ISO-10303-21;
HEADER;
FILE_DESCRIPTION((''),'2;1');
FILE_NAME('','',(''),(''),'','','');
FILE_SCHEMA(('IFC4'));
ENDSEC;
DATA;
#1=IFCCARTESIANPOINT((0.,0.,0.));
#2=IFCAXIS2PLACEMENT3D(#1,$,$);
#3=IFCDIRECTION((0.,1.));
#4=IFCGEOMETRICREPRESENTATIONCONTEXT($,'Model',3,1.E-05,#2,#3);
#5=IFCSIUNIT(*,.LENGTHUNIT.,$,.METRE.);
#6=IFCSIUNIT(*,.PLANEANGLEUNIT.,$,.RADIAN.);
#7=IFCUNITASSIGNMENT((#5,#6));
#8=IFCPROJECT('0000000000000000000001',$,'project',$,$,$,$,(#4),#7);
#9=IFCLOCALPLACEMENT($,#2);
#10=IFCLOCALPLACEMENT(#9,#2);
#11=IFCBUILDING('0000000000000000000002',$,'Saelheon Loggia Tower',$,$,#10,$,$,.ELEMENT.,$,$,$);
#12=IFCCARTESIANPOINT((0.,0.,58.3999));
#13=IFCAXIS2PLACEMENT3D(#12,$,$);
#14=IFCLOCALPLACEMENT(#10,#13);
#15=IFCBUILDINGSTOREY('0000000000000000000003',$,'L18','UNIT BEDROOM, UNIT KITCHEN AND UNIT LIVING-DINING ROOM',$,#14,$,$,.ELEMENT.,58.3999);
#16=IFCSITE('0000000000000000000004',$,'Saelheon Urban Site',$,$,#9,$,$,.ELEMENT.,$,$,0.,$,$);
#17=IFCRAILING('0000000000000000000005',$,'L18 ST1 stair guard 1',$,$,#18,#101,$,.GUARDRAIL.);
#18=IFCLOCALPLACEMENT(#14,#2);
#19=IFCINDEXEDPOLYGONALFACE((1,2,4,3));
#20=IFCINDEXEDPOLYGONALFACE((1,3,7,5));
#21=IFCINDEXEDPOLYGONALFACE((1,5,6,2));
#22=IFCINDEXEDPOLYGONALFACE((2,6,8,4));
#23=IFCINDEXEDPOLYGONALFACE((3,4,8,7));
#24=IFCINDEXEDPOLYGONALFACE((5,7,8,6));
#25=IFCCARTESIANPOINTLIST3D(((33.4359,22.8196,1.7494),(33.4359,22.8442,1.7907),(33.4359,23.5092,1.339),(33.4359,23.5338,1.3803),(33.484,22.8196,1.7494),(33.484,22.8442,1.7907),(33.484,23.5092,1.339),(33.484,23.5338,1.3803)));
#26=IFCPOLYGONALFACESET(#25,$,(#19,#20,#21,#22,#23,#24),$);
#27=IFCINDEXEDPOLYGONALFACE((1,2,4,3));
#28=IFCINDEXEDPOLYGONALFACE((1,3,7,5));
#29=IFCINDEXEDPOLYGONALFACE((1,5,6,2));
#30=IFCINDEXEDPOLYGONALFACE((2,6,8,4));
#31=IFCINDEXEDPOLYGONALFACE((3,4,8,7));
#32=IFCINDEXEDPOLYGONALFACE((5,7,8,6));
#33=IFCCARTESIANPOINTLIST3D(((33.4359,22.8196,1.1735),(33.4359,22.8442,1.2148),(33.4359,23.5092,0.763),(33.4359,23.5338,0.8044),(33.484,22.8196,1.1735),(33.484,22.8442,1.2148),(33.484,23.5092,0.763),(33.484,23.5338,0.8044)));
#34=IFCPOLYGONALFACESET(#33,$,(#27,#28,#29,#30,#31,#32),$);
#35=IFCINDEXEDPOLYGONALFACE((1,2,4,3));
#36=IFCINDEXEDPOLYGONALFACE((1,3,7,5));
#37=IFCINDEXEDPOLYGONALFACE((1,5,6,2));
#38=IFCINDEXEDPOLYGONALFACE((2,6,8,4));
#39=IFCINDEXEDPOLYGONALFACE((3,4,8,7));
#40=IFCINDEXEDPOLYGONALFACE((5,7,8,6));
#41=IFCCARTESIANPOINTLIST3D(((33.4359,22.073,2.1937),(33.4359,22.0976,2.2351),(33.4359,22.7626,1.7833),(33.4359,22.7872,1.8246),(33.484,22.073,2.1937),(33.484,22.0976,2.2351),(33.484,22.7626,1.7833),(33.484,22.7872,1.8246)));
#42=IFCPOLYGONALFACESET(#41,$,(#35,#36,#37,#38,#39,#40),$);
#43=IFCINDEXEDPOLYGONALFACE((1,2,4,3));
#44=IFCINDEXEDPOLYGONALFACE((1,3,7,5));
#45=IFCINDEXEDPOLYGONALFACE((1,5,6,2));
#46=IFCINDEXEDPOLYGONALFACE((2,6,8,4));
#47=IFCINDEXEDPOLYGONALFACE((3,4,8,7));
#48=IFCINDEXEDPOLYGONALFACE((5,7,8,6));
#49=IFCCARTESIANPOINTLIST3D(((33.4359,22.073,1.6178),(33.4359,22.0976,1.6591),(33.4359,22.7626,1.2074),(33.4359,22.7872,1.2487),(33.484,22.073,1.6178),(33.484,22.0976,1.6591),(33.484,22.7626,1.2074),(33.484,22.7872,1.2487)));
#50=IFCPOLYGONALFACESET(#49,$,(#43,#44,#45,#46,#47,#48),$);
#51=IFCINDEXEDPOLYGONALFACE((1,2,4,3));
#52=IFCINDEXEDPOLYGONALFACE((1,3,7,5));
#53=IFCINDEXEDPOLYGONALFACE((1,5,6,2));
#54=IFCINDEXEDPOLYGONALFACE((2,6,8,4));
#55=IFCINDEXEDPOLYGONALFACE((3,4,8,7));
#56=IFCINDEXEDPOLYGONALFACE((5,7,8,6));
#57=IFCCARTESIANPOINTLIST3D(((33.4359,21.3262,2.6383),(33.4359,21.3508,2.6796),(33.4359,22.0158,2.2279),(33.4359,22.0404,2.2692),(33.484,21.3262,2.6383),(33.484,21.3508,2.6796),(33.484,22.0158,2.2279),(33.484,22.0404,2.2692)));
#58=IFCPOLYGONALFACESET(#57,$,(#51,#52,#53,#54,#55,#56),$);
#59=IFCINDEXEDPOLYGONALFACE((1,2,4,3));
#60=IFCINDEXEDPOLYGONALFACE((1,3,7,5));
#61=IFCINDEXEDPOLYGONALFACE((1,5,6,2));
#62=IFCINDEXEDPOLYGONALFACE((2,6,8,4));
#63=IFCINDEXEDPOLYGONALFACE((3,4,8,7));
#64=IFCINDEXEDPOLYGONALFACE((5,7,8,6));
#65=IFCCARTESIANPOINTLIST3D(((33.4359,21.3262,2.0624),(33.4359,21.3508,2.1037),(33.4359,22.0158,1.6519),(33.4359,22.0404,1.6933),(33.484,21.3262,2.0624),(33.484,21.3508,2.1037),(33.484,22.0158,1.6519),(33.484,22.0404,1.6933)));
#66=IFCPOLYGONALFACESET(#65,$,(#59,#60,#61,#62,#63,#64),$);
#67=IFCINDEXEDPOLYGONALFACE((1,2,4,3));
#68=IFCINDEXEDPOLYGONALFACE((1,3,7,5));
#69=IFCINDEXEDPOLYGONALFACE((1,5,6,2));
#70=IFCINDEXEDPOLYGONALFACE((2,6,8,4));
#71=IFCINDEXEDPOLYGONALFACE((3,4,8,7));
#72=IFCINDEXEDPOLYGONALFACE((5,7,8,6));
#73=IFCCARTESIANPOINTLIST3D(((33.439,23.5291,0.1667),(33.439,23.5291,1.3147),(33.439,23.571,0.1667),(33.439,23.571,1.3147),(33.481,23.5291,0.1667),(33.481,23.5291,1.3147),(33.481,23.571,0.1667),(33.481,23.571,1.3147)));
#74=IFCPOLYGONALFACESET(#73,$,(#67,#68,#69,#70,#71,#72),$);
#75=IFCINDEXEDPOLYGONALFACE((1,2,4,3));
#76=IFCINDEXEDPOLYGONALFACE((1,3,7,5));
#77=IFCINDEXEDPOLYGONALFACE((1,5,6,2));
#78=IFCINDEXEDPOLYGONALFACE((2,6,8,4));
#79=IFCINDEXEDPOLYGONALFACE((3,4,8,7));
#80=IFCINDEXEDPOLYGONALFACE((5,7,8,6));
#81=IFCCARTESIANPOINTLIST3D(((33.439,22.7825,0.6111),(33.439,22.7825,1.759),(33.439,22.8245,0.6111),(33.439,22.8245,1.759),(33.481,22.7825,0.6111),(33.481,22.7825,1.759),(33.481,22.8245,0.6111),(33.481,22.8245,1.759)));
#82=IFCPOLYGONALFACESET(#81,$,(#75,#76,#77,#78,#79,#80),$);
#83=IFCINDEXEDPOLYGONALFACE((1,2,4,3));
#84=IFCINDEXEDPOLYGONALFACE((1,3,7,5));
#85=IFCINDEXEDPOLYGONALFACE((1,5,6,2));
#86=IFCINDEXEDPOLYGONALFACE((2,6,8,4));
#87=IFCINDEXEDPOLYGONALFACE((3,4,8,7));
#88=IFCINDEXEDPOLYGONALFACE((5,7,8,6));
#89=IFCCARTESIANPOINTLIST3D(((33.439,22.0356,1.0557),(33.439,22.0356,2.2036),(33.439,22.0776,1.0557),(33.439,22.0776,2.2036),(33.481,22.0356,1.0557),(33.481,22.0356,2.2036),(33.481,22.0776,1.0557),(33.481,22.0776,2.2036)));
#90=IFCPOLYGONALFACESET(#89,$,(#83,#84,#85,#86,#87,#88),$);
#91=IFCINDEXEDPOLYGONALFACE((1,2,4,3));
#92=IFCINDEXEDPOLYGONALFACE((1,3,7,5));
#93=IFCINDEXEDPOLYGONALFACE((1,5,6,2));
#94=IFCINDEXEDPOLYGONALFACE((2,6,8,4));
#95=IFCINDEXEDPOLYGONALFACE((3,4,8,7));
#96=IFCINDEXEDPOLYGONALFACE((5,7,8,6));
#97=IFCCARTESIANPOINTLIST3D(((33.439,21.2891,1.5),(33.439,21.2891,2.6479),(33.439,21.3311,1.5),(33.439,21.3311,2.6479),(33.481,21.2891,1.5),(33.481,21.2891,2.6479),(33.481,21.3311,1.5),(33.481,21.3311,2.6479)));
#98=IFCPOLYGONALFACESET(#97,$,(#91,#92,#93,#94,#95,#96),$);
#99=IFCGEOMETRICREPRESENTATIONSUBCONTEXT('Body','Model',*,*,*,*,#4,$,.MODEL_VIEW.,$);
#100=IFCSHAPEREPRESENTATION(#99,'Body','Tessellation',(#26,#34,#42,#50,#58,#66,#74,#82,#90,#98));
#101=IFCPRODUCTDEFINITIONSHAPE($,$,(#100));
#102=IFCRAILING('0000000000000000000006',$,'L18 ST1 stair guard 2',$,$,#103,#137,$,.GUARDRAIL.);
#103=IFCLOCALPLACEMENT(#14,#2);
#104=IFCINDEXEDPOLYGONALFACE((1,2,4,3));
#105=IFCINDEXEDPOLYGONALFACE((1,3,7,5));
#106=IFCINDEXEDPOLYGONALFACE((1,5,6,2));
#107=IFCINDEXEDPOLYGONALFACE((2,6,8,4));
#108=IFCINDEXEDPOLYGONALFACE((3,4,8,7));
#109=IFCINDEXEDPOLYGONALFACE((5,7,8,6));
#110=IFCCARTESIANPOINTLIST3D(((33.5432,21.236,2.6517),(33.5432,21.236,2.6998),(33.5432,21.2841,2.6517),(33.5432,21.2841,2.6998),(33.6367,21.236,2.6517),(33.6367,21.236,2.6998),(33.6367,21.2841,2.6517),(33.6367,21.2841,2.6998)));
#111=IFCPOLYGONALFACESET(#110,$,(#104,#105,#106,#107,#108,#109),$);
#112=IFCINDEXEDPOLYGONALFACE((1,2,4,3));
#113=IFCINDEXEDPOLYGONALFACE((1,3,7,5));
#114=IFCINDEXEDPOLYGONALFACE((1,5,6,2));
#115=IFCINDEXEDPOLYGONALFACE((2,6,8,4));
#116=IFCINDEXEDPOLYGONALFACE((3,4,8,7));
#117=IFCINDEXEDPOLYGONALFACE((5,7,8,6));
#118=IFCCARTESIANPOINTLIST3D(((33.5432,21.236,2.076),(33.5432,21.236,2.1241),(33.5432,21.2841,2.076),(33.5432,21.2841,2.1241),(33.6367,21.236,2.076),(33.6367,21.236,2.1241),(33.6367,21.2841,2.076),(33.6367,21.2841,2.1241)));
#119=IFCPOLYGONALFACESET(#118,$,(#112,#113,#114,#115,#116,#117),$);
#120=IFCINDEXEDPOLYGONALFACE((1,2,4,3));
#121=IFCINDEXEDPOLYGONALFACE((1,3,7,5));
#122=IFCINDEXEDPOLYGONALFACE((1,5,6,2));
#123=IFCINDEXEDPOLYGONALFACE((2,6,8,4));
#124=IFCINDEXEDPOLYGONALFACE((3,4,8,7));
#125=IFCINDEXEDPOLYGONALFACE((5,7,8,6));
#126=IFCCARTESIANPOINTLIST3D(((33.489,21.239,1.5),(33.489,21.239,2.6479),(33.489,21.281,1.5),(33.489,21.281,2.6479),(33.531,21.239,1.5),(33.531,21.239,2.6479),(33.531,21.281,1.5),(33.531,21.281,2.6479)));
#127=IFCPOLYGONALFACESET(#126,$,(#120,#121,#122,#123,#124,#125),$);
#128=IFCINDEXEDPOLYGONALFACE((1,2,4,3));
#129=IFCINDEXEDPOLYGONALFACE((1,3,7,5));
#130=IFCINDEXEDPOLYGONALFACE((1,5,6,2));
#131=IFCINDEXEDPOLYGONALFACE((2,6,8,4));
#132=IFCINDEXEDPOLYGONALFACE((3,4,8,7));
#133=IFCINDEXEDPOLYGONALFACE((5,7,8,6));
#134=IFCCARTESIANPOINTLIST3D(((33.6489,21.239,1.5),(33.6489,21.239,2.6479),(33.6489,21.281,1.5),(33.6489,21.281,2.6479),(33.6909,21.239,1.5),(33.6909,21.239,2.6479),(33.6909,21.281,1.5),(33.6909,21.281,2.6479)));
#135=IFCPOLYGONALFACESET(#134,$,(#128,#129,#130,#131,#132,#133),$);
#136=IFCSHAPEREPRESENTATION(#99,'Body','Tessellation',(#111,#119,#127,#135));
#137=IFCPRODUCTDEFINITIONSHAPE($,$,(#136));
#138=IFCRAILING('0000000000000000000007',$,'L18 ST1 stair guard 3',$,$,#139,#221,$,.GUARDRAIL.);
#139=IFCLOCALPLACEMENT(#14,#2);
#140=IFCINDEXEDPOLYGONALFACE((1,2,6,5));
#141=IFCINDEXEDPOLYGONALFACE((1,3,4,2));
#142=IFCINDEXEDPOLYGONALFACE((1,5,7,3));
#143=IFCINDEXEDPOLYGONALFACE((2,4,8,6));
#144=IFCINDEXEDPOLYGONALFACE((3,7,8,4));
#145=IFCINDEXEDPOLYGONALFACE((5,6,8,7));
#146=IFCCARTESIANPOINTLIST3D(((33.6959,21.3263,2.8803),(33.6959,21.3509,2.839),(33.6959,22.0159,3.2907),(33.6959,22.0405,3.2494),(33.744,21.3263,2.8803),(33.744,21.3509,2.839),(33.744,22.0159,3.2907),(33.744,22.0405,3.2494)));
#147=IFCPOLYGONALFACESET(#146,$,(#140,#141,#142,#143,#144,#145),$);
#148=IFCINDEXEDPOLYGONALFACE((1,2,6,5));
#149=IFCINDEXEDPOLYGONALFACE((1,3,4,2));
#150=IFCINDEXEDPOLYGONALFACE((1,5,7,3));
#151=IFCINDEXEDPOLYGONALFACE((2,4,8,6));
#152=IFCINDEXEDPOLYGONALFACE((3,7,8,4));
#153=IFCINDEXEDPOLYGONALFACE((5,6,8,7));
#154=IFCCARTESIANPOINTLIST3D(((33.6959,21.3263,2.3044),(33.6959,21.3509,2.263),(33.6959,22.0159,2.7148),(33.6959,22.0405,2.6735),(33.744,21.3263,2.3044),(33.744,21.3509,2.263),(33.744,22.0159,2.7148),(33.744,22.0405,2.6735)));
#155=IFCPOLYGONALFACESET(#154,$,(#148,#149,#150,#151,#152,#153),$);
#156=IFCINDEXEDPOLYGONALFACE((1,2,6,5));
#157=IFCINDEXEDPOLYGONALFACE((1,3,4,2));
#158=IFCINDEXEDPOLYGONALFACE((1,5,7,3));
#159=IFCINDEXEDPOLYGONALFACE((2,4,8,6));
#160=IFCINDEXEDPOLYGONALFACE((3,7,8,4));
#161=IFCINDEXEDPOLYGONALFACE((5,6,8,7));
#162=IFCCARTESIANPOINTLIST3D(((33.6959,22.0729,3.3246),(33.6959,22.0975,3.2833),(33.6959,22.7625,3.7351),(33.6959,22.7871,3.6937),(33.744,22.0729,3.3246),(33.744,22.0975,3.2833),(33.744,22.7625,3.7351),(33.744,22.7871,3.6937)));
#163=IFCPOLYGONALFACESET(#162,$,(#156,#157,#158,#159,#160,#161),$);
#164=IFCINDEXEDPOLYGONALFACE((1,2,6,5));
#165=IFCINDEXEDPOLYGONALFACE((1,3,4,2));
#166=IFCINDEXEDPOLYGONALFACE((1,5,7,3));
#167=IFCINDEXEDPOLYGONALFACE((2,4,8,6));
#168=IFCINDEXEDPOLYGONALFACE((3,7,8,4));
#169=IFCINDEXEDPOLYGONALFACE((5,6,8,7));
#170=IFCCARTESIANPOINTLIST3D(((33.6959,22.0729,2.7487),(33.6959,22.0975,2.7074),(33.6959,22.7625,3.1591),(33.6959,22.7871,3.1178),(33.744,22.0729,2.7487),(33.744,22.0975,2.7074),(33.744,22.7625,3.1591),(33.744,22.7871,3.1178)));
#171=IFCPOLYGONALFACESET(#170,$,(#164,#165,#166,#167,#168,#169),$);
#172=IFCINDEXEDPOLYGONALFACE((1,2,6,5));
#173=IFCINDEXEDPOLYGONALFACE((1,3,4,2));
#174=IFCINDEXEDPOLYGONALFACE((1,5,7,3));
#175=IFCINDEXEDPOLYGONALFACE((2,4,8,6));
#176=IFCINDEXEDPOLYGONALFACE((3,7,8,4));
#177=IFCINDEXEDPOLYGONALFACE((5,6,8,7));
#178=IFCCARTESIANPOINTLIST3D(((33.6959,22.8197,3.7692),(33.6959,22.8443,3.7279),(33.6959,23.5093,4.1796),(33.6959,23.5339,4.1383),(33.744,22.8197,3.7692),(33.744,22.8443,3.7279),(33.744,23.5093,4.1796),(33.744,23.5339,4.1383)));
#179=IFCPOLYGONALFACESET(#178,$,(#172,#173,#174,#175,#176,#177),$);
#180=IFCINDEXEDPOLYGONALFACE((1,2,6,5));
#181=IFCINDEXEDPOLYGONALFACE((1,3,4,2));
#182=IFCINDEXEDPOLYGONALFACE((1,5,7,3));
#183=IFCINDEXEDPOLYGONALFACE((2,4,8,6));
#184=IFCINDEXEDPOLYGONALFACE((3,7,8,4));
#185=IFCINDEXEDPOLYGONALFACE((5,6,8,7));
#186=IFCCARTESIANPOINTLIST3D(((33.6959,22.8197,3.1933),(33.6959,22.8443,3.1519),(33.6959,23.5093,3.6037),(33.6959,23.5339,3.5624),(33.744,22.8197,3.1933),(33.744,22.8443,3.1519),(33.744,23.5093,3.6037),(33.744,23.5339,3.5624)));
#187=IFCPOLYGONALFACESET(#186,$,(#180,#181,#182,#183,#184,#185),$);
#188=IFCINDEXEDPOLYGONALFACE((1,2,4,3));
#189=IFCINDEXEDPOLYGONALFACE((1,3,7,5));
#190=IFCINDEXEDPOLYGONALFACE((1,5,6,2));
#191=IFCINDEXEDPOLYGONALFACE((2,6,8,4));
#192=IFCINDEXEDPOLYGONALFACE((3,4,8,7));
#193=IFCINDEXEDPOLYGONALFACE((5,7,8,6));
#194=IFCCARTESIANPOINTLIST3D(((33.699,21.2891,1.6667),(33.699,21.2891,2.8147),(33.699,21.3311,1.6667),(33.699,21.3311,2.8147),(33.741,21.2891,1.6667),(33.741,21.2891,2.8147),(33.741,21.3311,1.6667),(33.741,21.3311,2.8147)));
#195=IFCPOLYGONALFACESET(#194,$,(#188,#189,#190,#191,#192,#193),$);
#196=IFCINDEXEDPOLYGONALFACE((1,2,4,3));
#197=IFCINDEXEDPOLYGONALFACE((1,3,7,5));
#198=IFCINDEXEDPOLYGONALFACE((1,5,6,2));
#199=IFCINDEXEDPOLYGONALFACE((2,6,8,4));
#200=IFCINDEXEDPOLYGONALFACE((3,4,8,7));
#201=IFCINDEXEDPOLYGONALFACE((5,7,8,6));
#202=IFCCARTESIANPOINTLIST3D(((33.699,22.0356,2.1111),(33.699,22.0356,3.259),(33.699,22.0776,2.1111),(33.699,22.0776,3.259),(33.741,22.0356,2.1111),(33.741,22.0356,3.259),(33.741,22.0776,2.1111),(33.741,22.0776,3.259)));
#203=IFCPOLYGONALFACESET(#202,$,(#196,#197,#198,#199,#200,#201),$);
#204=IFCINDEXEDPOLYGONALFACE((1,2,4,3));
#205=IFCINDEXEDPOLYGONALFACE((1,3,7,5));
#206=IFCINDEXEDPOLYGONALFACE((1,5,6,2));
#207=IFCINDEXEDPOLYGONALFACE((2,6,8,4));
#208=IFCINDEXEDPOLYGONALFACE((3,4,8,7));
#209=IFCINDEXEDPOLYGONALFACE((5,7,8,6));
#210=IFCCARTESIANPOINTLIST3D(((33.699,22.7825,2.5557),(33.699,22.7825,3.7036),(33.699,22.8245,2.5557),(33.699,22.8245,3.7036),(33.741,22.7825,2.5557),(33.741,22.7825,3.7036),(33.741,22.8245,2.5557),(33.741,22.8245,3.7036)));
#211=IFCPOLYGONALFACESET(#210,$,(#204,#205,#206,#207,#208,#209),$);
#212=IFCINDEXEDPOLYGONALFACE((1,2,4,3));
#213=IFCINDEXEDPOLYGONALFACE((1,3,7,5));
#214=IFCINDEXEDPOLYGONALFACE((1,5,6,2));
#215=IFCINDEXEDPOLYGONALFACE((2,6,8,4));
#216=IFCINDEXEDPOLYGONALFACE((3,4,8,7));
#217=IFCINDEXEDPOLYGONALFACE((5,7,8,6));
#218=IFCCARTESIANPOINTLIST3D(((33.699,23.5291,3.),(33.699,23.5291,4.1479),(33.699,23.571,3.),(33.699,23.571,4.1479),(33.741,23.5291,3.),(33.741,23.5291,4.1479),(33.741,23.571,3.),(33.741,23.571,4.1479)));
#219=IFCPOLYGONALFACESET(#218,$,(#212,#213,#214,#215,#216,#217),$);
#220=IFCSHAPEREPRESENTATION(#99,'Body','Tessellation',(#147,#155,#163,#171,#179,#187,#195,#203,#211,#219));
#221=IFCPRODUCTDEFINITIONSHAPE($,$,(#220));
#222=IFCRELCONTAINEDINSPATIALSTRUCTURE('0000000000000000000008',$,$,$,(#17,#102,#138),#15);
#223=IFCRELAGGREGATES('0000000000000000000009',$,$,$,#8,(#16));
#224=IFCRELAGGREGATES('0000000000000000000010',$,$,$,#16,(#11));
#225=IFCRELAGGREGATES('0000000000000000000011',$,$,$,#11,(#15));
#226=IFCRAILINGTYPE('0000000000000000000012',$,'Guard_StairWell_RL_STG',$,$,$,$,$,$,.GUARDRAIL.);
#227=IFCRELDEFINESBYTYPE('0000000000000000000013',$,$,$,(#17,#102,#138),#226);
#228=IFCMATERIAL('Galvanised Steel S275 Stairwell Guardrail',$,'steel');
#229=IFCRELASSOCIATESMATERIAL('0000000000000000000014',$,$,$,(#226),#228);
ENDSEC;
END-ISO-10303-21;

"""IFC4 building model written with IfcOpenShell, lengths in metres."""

from ifc_helpers import new_model, si_unit, direction, frame, origin, origin_2d, place, context, subcontext, project, spatial, rectangle, extrude, material, type_object, element, save


model = new_model("IFC4")

# Units and contexts
model_context = context("Model", 3, precision=1e-05, world=origin(), true_north=direction((0.0, 1.0)))
body_context = subcontext(model_context, "Body", "Model", "MODEL_VIEW")
ifc_project = project(units=[si_unit("LENGTHUNIT", "METRE"), si_unit("PLANEANGLEUNIT", "RADIAN")], contexts=[model_context])

# Site, building, storey
site_placement = place(None, origin())
site = spatial("IfcSite", under=ifc_project, at=site_placement, Name="Saelheon Urban Site", CompositionType="ELEMENT", RefElevation=0.0)
building_placement = place(site_placement, origin())
building = spatial("IfcBuilding", under=site, at=building_placement, Name="Saelheon Loggia Tower", CompositionType="ELEMENT")
storey_placement = place(building_placement, frame((0.0, 0.0, 58.3999)))
storey = spatial("IfcBuildingStorey", under=building, at=storey_placement, Name="L18", Description="UNIT BEDROOM, UNIT KITCHEN AND UNIT LIVING-DINING ROOM", CompositionType="ELEMENT", Elevation=58.3999)

# Railings
ifc_material_1 = material(Name="Galvanised Steel S275 Stairwell Guardrail", Category="steel")
railing_type_1 = type_object("IfcRailingType", Name="Guard_StairWell_RL_STG", PredefinedType="GUARDRAIL", material=ifc_material_1)
railing_1_placement = place(storey_placement, frame((33.46, 23.55, 0.1667)))
element("IfcRailing", 1, at=railing_1_placement, inside=storey, type_object=railing_type_1, Name="L18 ST1 stair guard 1", PredefinedType="GUARDRAIL", context=body_context, shape_type="SweptSolid", body=[
    extrude(rectangle(XDim=0.0481, YDim=0.0481, at=origin_2d()), frame((0.0, -0.0286, 1.1929), z_axis=(0.0, -0.859306, 0.511462), x_axis=(1.0, 0.0, 0.0)), (0.0, 0.0, 1.0), 0.8025),
    extrude(rectangle(XDim=0.0481, YDim=0.0481, at=origin_2d()), frame((0.0, -0.0286, 0.6169), z_axis=(0.0, -0.859306, 0.511462), x_axis=(1.0, 0.0, 0.0)), (0.0, 0.0, 1.0), 0.8025),
    extrude(rectangle(XDim=0.0481, YDim=0.0481, at=origin_2d()), frame((0.0, -0.7751, 1.6372), z_axis=(0.0, -0.859306, 0.511462), x_axis=(1.0, 0.0, 0.0)), (0.0, 0.0, 1.0), 0.8025),
    extrude(rectangle(XDim=0.0481, YDim=0.0481, at=origin_2d()), frame((0.0, -0.7751, 1.0613), z_axis=(0.0, -0.859306, 0.511462), x_axis=(1.0, 0.0, 0.0)), (0.0, 0.0, 1.0), 0.8025),
    extrude(rectangle(XDim=0.0481, YDim=0.0481, at=origin_2d()), frame((0.0, -1.522, 2.0818), z_axis=(0.0, -0.859306, 0.511462), x_axis=(1.0, 0.0, 0.0)), (0.0, 0.0, 1.0), 0.8025),
    extrude(rectangle(XDim=0.0481, YDim=0.0481, at=origin_2d()), frame((0.0, -1.522, 1.5059), z_axis=(0.0, -0.859306, 0.511462), x_axis=(1.0, 0.0, 0.0)), (0.0, 0.0, 1.0), 0.8025),
    extrude(rectangle(XDim=0.042, YDim=0.042, at=origin_2d()), origin(), (0.0, 0.0, 1.0), 1.1479),
    extrude(rectangle(XDim=0.042, YDim=0.042, at=origin_2d()), frame((0.0, -0.7466, 0.4443)), (0.0, 0.0, 1.0), 1.1479),
    extrude(rectangle(XDim=0.042, YDim=0.042, at=origin_2d()), frame((0.0, -1.4934, 0.8889)), (0.0, 0.0, 1.0), 1.1479),
    extrude(rectangle(XDim=0.042, YDim=0.042, at=origin_2d()), frame((0.0, -2.24, 1.3333)), (0.0, 0.0, 1.0), 1.1479),
])
railing_2_placement = place(storey_placement, frame((33.51, 21.26, 1.5)))
element("IfcRailing", 2, at=railing_2_placement, inside=storey, type_object=railing_type_1, Name="L18 ST1 stair guard 2", PredefinedType="GUARDRAIL", context=body_context, shape_type="SweptSolid", body=[
    extrude(rectangle(XDim=0.0481, YDim=0.0481, at=origin_2d()), frame((0.0332, 0.0, 1.1758), z_axis=(1.0, 0.0, 0.0), x_axis=(0.0, 1.0, 0.0)), (0.0, 0.0, 1.0), 0.0935),
    extrude(rectangle(XDim=0.0481, YDim=0.0481, at=origin_2d()), frame((0.0332, 0.0, 0.6001), z_axis=(1.0, 0.0, 0.0), x_axis=(0.0, 1.0, 0.0)), (0.0, 0.0, 1.0), 0.0935),
    extrude(rectangle(XDim=0.042, YDim=0.042, at=origin_2d()), origin(), (0.0, 0.0, 1.0), 1.1479),
    extrude(rectangle(XDim=0.042, YDim=0.042, at=origin_2d()), frame((0.1599, 0.0, 0.0)), (0.0, 0.0, 1.0), 1.1479),
])
railing_3_placement = place(storey_placement, frame((33.72, 21.3101, 1.6667)))
element("IfcRailing", 3, at=railing_3_placement, inside=storey, type_object=railing_type_1, Name="L18 ST1 stair guard 3", PredefinedType="GUARDRAIL", context=body_context, shape_type="SweptSolid", body=[
    extrude(rectangle(XDim=0.0481, YDim=0.0481, at=origin_2d()), frame((0.0, 0.0286, 1.1929), z_axis=(0.0, 0.859306, 0.511462), x_axis=(-1.0, 0.0, 0.0)), (0.0, 0.0, 1.0), 0.8025),
    extrude(rectangle(XDim=0.0481, YDim=0.0481, at=origin_2d()), frame((0.0, 0.0286, 0.6169), z_axis=(0.0, 0.859306, 0.511462), x_axis=(-1.0, 0.0, 0.0)), (0.0, 0.0, 1.0), 0.8025),
    extrude(rectangle(XDim=0.0481, YDim=0.0481, at=origin_2d()), frame((0.0, 0.7751, 1.6372), z_axis=(0.0, 0.859306, 0.511462), x_axis=(-1.0, 0.0, 0.0)), (0.0, 0.0, 1.0), 0.8025),
    extrude(rectangle(XDim=0.0481, YDim=0.0481, at=origin_2d()), frame((0.0, 0.7751, 1.0613), z_axis=(0.0, 0.859306, 0.511462), x_axis=(-1.0, 0.0, 0.0)), (0.0, 0.0, 1.0), 0.8025),
    extrude(rectangle(XDim=0.0481, YDim=0.0481, at=origin_2d()), frame((0.0, 1.522, 2.0818), z_axis=(0.0, 0.859306, 0.511462), x_axis=(-1.0, 0.0, 0.0)), (0.0, 0.0, 1.0), 0.8025),
    extrude(rectangle(XDim=0.0481, YDim=0.0481, at=origin_2d()), frame((0.0, 1.522, 1.5059), z_axis=(0.0, 0.859306, 0.511462), x_axis=(-1.0, 0.0, 0.0)), (0.0, 0.0, 1.0), 0.8025),
    extrude(rectangle(XDim=0.042, YDim=0.042, at=origin_2d()), origin(), (0.0, 0.0, 1.0), 1.1479),
    extrude(rectangle(XDim=0.042, YDim=0.042, at=origin_2d()), frame((0.0, 0.7466, 0.4443)), (0.0, 0.0, 1.0), 1.1479),
    extrude(rectangle(XDim=0.042, YDim=0.042, at=origin_2d()), frame((0.0, 1.4934, 0.8889)), (0.0, 0.0, 1.0), 1.1479),
    extrude(rectangle(XDim=0.042, YDim=0.042, at=origin_2d()), frame((0.0, 2.24, 1.3333)), (0.0, 0.0, 1.0), 1.1479),
])

save(model, "model.ifc")
